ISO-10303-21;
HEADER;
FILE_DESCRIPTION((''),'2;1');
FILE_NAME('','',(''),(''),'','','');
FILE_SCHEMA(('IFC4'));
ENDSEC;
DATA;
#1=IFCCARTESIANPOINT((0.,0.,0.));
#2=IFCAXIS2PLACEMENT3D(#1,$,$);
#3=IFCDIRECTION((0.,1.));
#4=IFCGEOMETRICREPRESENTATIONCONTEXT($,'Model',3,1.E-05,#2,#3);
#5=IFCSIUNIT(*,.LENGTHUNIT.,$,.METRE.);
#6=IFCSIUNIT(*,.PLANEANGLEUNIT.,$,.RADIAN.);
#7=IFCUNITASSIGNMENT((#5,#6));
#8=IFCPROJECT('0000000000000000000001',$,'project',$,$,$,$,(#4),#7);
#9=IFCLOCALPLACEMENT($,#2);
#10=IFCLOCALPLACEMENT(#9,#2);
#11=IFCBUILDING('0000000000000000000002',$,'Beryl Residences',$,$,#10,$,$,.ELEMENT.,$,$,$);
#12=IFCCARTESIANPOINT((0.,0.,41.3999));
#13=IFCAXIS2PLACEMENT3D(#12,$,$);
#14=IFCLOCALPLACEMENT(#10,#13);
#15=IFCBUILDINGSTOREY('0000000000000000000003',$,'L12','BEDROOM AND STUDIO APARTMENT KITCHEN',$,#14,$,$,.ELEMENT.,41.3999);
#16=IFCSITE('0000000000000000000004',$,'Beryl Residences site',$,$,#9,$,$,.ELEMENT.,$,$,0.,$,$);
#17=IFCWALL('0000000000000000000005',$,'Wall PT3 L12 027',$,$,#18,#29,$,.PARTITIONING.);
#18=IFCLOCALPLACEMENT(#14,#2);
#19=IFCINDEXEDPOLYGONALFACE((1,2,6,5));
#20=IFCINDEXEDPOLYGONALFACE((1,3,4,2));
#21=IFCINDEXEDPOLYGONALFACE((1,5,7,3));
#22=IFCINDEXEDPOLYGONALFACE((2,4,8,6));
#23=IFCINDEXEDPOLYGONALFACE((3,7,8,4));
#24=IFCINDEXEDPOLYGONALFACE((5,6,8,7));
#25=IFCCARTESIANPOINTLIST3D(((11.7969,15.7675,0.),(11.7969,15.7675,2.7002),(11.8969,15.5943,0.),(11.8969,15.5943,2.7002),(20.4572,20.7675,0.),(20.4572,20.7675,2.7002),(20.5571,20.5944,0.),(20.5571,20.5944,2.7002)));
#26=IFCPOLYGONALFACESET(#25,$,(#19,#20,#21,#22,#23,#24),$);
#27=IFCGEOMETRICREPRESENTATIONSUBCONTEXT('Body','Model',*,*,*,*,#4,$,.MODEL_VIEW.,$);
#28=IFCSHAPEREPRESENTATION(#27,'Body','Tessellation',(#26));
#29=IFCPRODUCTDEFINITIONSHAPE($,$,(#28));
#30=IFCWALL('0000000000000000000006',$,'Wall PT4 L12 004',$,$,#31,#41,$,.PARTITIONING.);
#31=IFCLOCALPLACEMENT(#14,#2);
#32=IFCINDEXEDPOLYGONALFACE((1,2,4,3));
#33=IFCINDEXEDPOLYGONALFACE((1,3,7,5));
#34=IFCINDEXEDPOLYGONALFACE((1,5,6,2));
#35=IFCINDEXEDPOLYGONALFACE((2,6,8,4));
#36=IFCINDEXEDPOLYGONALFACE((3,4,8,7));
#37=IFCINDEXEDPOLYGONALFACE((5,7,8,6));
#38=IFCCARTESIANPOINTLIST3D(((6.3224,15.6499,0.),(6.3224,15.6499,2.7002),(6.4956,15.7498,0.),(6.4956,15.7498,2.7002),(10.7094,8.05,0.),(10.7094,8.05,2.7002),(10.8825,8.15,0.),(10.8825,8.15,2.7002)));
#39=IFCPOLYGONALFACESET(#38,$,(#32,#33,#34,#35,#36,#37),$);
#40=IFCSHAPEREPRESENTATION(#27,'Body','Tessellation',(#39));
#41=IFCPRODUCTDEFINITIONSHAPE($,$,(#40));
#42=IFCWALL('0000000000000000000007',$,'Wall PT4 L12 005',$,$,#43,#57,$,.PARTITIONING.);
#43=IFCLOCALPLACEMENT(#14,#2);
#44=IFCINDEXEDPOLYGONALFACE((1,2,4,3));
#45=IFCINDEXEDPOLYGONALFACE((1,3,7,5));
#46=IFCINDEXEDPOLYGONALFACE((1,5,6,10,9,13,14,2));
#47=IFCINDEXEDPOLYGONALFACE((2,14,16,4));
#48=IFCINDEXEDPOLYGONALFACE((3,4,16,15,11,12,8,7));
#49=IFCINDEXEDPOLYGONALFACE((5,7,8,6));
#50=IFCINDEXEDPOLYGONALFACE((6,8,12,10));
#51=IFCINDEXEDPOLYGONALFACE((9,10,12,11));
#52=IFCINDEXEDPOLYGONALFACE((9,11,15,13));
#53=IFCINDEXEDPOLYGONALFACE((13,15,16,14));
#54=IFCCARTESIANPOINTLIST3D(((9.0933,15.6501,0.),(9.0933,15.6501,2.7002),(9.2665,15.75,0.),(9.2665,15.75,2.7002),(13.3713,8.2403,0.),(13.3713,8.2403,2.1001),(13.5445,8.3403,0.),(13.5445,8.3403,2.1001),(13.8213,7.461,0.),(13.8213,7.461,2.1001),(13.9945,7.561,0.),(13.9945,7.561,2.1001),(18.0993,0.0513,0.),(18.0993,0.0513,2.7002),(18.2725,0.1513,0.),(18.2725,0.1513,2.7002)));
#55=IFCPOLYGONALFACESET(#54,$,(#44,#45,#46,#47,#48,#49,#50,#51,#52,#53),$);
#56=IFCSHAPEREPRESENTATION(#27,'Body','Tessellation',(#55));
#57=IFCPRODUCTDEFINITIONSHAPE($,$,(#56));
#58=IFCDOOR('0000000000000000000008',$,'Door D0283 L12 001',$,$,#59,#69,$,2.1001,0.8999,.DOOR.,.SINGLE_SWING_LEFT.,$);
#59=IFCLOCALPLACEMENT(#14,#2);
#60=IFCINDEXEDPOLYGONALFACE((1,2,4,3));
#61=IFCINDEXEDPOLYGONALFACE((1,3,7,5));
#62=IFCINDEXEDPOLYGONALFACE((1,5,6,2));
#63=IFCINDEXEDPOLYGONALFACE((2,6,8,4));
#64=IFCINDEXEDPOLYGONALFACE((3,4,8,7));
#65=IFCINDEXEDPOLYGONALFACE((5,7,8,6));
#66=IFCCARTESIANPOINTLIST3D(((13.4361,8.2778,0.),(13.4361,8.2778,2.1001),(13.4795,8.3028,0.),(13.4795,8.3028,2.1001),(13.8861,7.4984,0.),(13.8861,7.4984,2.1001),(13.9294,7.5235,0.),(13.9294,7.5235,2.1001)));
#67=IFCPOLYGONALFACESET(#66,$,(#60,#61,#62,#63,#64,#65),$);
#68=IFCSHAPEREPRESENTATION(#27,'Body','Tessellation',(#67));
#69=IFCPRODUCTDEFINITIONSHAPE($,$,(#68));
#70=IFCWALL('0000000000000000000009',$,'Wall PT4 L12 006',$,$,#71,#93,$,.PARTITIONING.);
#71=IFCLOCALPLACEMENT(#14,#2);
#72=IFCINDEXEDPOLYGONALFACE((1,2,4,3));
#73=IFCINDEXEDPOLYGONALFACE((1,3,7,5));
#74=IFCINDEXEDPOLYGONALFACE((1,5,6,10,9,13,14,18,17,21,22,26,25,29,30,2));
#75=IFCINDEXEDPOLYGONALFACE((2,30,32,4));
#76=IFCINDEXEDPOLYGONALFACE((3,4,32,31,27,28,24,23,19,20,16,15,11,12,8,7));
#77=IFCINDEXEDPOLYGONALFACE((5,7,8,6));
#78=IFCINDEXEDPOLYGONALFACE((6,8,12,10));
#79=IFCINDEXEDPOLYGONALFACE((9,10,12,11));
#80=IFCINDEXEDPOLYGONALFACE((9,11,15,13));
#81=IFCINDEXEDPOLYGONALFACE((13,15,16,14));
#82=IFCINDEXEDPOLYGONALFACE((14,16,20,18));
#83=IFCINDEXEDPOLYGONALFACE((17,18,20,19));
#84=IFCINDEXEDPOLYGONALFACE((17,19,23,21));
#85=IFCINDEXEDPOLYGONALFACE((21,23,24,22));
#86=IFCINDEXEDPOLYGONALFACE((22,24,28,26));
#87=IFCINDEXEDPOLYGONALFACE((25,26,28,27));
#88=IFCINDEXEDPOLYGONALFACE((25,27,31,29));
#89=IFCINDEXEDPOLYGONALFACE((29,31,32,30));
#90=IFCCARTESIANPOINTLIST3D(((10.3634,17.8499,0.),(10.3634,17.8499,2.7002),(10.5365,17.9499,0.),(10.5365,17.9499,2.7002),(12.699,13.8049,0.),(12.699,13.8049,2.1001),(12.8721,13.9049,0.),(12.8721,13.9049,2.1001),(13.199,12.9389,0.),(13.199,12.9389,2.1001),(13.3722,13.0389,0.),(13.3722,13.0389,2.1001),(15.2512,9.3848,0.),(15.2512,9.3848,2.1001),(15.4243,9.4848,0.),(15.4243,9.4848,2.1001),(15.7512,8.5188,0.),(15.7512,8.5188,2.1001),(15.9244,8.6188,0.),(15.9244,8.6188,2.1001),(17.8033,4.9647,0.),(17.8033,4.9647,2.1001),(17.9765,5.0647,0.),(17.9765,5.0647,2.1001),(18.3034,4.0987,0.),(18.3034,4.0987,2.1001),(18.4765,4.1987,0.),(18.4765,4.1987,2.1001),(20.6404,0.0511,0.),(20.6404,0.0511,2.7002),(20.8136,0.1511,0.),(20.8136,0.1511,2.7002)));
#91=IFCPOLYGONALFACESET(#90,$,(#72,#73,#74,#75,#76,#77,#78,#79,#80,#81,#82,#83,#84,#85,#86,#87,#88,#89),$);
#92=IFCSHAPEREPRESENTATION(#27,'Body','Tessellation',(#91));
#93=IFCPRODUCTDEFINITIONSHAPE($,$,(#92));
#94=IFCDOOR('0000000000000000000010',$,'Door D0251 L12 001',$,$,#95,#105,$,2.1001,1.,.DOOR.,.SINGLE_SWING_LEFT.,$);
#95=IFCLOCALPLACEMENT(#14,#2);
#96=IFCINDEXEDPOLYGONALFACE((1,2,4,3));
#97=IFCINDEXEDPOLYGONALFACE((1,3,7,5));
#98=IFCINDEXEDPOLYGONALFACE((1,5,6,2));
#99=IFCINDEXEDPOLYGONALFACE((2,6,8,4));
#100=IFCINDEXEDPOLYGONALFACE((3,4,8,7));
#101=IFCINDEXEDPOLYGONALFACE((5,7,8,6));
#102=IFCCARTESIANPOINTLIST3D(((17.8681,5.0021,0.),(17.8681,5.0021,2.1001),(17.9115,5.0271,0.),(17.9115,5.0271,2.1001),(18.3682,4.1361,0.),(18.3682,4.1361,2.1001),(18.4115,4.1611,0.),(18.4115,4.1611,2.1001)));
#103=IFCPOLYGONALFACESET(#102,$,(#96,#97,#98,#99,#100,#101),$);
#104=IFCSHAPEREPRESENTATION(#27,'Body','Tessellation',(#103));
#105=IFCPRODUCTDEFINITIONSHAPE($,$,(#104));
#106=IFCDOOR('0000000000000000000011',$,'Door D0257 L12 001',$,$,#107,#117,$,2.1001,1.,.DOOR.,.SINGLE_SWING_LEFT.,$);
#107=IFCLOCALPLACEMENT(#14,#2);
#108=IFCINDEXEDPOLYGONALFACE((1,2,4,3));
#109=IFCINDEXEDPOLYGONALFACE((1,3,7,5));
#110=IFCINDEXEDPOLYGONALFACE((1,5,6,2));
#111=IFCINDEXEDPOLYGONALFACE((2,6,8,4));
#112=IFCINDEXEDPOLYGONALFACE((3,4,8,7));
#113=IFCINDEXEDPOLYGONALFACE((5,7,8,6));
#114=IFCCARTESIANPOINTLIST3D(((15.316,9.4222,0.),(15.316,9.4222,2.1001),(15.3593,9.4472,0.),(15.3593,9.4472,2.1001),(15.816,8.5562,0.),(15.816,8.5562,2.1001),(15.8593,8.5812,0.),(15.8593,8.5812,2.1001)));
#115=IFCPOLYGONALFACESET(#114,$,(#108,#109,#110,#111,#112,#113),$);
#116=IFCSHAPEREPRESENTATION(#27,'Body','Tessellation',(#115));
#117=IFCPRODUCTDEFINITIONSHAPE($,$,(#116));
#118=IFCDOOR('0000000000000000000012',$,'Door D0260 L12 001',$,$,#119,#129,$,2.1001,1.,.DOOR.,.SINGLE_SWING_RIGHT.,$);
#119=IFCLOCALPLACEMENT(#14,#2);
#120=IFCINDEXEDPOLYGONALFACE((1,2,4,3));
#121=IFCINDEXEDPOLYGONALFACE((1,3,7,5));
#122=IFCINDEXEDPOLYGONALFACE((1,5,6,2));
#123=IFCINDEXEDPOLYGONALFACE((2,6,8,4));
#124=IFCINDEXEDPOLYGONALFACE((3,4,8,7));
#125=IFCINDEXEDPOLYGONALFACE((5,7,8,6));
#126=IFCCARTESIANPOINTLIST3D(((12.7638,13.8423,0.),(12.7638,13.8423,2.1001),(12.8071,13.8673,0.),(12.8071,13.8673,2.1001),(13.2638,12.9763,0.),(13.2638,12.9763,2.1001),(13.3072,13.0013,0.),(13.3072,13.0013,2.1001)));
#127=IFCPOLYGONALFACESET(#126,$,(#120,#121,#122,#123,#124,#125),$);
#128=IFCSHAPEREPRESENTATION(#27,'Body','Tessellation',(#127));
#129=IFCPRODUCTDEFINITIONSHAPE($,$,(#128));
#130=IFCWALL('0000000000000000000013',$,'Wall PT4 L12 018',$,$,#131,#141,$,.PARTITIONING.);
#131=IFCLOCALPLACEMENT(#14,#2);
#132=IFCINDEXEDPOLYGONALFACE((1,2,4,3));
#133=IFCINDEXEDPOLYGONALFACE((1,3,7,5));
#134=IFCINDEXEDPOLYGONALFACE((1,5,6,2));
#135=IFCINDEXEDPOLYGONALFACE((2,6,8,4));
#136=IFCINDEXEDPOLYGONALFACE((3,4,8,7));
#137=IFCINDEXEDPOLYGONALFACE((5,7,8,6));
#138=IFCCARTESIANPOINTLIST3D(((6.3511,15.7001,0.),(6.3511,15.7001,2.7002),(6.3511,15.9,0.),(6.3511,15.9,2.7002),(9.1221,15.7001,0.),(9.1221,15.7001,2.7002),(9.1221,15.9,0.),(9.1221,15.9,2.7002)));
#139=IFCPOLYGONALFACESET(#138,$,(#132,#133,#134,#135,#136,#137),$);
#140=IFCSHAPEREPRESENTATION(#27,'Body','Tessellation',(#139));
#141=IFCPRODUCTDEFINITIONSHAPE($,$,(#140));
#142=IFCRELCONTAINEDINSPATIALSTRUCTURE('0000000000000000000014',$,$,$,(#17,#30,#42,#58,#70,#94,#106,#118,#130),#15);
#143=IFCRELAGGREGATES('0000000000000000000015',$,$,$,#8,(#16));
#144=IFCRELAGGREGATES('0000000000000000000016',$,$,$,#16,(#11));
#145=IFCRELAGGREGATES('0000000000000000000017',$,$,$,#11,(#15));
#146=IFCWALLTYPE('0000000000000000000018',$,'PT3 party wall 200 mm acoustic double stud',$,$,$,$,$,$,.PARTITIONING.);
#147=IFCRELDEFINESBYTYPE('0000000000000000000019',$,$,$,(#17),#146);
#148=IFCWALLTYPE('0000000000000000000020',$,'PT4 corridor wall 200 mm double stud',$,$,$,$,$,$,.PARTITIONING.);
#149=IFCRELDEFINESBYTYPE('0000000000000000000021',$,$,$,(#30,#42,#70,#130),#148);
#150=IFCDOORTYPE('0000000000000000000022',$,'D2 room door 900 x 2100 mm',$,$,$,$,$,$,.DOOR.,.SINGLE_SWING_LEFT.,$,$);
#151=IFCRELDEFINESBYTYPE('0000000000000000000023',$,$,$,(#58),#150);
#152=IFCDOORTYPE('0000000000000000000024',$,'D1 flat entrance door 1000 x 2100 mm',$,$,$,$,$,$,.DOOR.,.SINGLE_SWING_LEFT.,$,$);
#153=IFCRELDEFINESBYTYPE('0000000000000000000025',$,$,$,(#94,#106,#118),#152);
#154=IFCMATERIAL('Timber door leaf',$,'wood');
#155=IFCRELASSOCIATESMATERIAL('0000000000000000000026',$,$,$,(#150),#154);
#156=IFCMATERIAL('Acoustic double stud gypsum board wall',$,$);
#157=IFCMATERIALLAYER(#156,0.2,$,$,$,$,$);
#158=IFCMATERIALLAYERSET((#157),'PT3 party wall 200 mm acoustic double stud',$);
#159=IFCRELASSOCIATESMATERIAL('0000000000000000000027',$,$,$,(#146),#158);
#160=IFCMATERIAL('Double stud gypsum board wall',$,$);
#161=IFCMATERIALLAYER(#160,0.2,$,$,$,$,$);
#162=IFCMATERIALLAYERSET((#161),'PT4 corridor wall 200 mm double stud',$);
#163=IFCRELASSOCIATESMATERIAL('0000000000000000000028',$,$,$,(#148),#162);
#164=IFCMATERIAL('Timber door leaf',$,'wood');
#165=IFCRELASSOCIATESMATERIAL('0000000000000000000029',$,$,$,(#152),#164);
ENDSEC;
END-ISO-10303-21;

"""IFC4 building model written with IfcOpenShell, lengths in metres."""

from ifc_helpers import new_model, si_unit, direction, frame, frame_2d, origin, place, context, subcontext, project, spatial, rectangle, extrude, material, layer, layer_set, type_object, element, fill, save


model = new_model("IFC4")

# Units and contexts
model_context = context("Model", 3, precision=1e-05, world=origin(), true_north=direction((0.0, 1.0)))
body_context = subcontext(model_context, "Body", "Model", "MODEL_VIEW")
ifc_project = project(units=[si_unit("LENGTHUNIT", "METRE"), si_unit("PLANEANGLEUNIT", "RADIAN")], contexts=[model_context])

# Site, building, storey
site_placement = place(None, origin())
site = spatial("IfcSite", under=ifc_project, at=site_placement, Name="Beryl Residences site", CompositionType="ELEMENT", RefElevation=0.0)
building_placement = place(site_placement, origin())
building = spatial("IfcBuilding", under=site, at=building_placement, Name="Beryl Residences", CompositionType="ELEMENT")
storey_placement = place(building_placement, frame((0.0, 0.0, 41.3999)))
storey = spatial("IfcBuildingStorey", under=building, at=storey_placement, Name="L12", Description="BEDROOM AND STUDIO APARTMENT KITCHEN", CompositionType="ELEMENT", Elevation=41.3999)

# Shared definitions
ifc_material_1 = material(Name="Timber door leaf", Category="wood")
door_type_1 = type_object("IfcDoorType", Name="D2 room door 900 x 2100 mm", OperationType="SINGLE_SWING_LEFT", PredefinedType="DOOR", material=ifc_material_1)

# Walls
ifc_material_2 = material(Name="Acoustic double stud gypsum board wall")
ifc_layer_1 = layer(ifc_material_2, 0.2)
ifc_layer_set_1 = layer_set([ifc_layer_1], Name="PT3 party wall 200 mm acoustic double stud")
wall_type_1 = type_object("IfcWallType", Name="PT3 party wall 200 mm acoustic double stud", PredefinedType="PARTITIONING", material=ifc_layer_set_1)
wall_1_placement = place(storey_placement, frame((11.8469, 15.6809, 0.0), z_axis=(0.0, 0.0, 1.0), x_axis=(0.866023, 0.500004, 0.0)))
element("IfcWall", 1, at=wall_1_placement, inside=storey, type_object=wall_type_1, Name="Wall PT3 L12 027", PredefinedType="PARTITIONING", context=body_context, shape_type="SweptSolid", body=[
    extrude(rectangle(XDim=10.0, YDim=0.2, at=frame_2d((5.0, 0.0))), origin(), (0.0, 0.0, 1.0), 2.7002),
])
ifc_material_3 = material(Name="Double stud gypsum board wall")
ifc_layer_2 = layer(ifc_material_3, 0.2)
ifc_layer_set_2 = layer_set([ifc_layer_2], Name="PT4 corridor wall 200 mm double stud")
wall_type_2 = type_object("IfcWallType", Name="PT4 corridor wall 200 mm double stud", PredefinedType="PARTITIONING", material=ifc_layer_set_2)
wall_2_placement = place(storey_placement, frame((6.4089, 15.7, 0.0), z_axis=(0.0, 0.0, 1.0), x_axis=(0.49993, -0.866066, 0.0)))
element("IfcWall", 2, at=wall_2_placement, inside=storey, type_object=wall_type_2, Name="Wall PT4 L12 004", PredefinedType="PARTITIONING", context=body_context, shape_type="SweptSolid", body=[
    extrude(rectangle(XDim=8.7751, YDim=0.2, at=frame_2d((4.3877, 0.0))), origin(), (0.0, 0.0, 1.0), 2.7002),
])

# Wall, opening, door
wall_3_placement = place(storey_placement, frame((9.1799, 15.7, 0.0), z_axis=(0.0, 0.0, 1.0), x_axis=(0.500004, -0.866023, 0.0)))
wall_3 = element("IfcWall", 3, at=wall_3_placement, inside=storey, type_object=wall_type_2, Name="Wall PT4 L12 005", PredefinedType="PARTITIONING", context=body_context, shape_type="SweptSolid", body=[
    extrude(rectangle(XDim=18.012, YDim=0.2, at=frame_2d((9.0059, 0.0))), origin(), (0.0, 0.0, 1.0), 2.7002),
])
opening_1_placement = place(wall_3_placement, frame((8.5559, 0.0, 0.0)))
opening_1 = element("IfcOpeningElement", 4, at=opening_1_placement, cuts=wall_3, PredefinedType="OPENING", context=body_context, shape_type="SweptSolid", body=[
    extrude(rectangle(XDim=0.8999, YDim=2.1001, at=frame_2d((0.45, 1.05))), frame((0.0, 0.1099, 0.0), z_axis=(0.0, -1.0, 0.0), x_axis=(1.0, 0.0, 0.0)), (0.0, 0.0, 1.0), 0.22),
])
door_1_placement = place(opening_1_placement, origin())
door_1 = element("IfcDoor", 5, at=door_1_placement, inside=storey, type_object=door_type_1, Name="Door D0283 L12 001", OperationType="SINGLE_SWING_LEFT", OverallHeight=2.1001, OverallWidth=0.8999, PredefinedType="DOOR", context=body_context, shape_type="SweptSolid", body=[
    extrude(rectangle(XDim=0.8999, YDim=2.1001, at=frame_2d((0.45, 1.05))), frame((0.0, 0.0249, 0.0), z_axis=(0.0, -1.0, 0.0), x_axis=(1.0, 0.0, 0.0)), (0.0, 0.0, 1.0), 0.05),
])
fill(opening_1, door_1)

# Wall, openings, doors
wall_4_placement = place(storey_placement, frame((10.45, 17.8999, 0.0), z_axis=(0.0, 0.0, 1.0), x_axis=(0.500034, -0.866006, 0.0)))
wall_4 = element("IfcWall", 6, at=wall_4_placement, inside=storey, type_object=wall_type_2, Name="Wall PT4 L12 006", PredefinedType="PARTITIONING", context=body_context, shape_type="SweptSolid", body=[
    extrude(rectangle(XDim=20.5527, YDim=0.2, at=frame_2d((10.2764, 0.0))), origin(), (0.0, 0.0, 1.0), 2.7002),
])
opening_2_placement = place(wall_4_placement, frame((14.8789, 0.0, 0.0)))
opening_2 = element("IfcOpeningElement", 7, at=opening_2_placement, cuts=wall_4, PredefinedType="OPENING", context=body_context, shape_type="SweptSolid", body=[
    extrude(rectangle(XDim=1.0, YDim=2.1001, at=frame_2d((0.5, 1.05))), frame((0.0, 0.1099, 0.0), z_axis=(0.0, -1.0, 0.0), x_axis=(1.0, 0.0, 0.0)), (0.0, 0.0, 1.0), 0.22),
])
opening_3_placement = place(wall_4_placement, frame((9.7749, 0.0, 0.0)))
opening_3 = element("IfcOpeningElement", 8, at=opening_3_placement, cuts=wall_4, PredefinedType="OPENING", context=body_context, shape_type="SweptSolid", body=[
    extrude(rectangle(XDim=1.0, YDim=2.1001, at=frame_2d((0.5, 1.05))), frame((0.0, 0.1099, 0.0), z_axis=(0.0, -1.0, 0.0), x_axis=(1.0, 0.0, 0.0)), (0.0, 0.0, 1.0), 0.22),
])
opening_4_placement = place(wall_4_placement, frame((4.6709, 0.0, 0.0)))
opening_4 = element("IfcOpeningElement", 9, at=opening_4_placement, cuts=wall_4, PredefinedType="OPENING", context=body_context, shape_type="SweptSolid", body=[
    extrude(rectangle(XDim=1.0, YDim=2.1001, at=frame_2d((0.5, 1.05))), frame((0.0, 0.1099, 0.0), z_axis=(0.0, -1.0, 0.0), x_axis=(1.0, 0.0, 0.0)), (0.0, 0.0, 1.0), 0.22),
])
ifc_material_4 = material(Name="Timber door leaf", Category="wood")
door_type_2 = type_object("IfcDoorType", Name="D1 flat entrance door 1000 x 2100 mm", OperationType="SINGLE_SWING_LEFT", PredefinedType="DOOR", material=ifc_material_4)
door_2_placement = place(opening_2_placement, origin())
door_2 = element("IfcDoor", 10, at=door_2_placement, inside=storey, type_object=door_type_2, Name="Door D0251 L12 001", OperationType="SINGLE_SWING_LEFT", OverallHeight=2.1001, OverallWidth=1.0, PredefinedType="DOOR", context=body_context, shape_type="SweptSolid", body=[
    extrude(rectangle(XDim=1.0, YDim=2.1001, at=frame_2d((0.5, 1.05))), frame((0.0, 0.0249, 0.0), z_axis=(0.0, -1.0, 0.0), x_axis=(1.0, 0.0, 0.0)), (0.0, 0.0, 1.0), 0.05),
])
fill(opening_2, door_2)
door_3_placement = place(opening_3_placement, origin())
door_3 = element("IfcDoor", 11, at=door_3_placement, inside=storey, type_object=door_type_2, Name="Door D0257 L12 001", OperationType="SINGLE_SWING_LEFT", OverallHeight=2.1001, OverallWidth=1.0, PredefinedType="DOOR", context=body_context, shape_type="SweptSolid", body=[
    extrude(rectangle(XDim=1.0, YDim=2.1001, at=frame_2d((0.5, 1.05))), frame((0.0, 0.0249, 0.0), z_axis=(0.0, -1.0, 0.0), x_axis=(1.0, 0.0, 0.0)), (0.0, 0.0, 1.0), 0.05),
])
fill(opening_3, door_3)
door_4_placement = place(opening_4_placement, origin())
door_4 = element("IfcDoor", 12, at=door_4_placement, inside=storey, type_object=door_type_2, Name="Door D0260 L12 001", OperationType="SINGLE_SWING_RIGHT", OverallHeight=2.1001, OverallWidth=1.0, PredefinedType="DOOR", context=body_context, shape_type="SweptSolid", body=[
    extrude(rectangle(XDim=1.0, YDim=2.1001, at=frame_2d((0.5, 1.05))), frame((0.0, 0.0249, 0.0), z_axis=(0.0, -1.0, 0.0), x_axis=(1.0, 0.0, 0.0)), (0.0, 0.0, 1.0), 0.05),
])
fill(opening_4, door_4)

# Wall
wall_5_placement = place(storey_placement, frame((6.3511, 15.8, 0.0), z_axis=(0.0, 0.0, 1.0), x_axis=(1.0, 0.0, 0.0)))
element("IfcWall", 13, at=wall_5_placement, inside=storey, type_object=wall_type_2, Name="Wall PT4 L12 018", PredefinedType="PARTITIONING", context=body_context, shape_type="SweptSolid", body=[
    extrude(rectangle(XDim=2.771, YDim=0.2, at=frame_2d((1.3855, 0.0))), origin(), (0.0, 0.0, 1.0), 2.7002),
])

save(model, "model.ifc")
